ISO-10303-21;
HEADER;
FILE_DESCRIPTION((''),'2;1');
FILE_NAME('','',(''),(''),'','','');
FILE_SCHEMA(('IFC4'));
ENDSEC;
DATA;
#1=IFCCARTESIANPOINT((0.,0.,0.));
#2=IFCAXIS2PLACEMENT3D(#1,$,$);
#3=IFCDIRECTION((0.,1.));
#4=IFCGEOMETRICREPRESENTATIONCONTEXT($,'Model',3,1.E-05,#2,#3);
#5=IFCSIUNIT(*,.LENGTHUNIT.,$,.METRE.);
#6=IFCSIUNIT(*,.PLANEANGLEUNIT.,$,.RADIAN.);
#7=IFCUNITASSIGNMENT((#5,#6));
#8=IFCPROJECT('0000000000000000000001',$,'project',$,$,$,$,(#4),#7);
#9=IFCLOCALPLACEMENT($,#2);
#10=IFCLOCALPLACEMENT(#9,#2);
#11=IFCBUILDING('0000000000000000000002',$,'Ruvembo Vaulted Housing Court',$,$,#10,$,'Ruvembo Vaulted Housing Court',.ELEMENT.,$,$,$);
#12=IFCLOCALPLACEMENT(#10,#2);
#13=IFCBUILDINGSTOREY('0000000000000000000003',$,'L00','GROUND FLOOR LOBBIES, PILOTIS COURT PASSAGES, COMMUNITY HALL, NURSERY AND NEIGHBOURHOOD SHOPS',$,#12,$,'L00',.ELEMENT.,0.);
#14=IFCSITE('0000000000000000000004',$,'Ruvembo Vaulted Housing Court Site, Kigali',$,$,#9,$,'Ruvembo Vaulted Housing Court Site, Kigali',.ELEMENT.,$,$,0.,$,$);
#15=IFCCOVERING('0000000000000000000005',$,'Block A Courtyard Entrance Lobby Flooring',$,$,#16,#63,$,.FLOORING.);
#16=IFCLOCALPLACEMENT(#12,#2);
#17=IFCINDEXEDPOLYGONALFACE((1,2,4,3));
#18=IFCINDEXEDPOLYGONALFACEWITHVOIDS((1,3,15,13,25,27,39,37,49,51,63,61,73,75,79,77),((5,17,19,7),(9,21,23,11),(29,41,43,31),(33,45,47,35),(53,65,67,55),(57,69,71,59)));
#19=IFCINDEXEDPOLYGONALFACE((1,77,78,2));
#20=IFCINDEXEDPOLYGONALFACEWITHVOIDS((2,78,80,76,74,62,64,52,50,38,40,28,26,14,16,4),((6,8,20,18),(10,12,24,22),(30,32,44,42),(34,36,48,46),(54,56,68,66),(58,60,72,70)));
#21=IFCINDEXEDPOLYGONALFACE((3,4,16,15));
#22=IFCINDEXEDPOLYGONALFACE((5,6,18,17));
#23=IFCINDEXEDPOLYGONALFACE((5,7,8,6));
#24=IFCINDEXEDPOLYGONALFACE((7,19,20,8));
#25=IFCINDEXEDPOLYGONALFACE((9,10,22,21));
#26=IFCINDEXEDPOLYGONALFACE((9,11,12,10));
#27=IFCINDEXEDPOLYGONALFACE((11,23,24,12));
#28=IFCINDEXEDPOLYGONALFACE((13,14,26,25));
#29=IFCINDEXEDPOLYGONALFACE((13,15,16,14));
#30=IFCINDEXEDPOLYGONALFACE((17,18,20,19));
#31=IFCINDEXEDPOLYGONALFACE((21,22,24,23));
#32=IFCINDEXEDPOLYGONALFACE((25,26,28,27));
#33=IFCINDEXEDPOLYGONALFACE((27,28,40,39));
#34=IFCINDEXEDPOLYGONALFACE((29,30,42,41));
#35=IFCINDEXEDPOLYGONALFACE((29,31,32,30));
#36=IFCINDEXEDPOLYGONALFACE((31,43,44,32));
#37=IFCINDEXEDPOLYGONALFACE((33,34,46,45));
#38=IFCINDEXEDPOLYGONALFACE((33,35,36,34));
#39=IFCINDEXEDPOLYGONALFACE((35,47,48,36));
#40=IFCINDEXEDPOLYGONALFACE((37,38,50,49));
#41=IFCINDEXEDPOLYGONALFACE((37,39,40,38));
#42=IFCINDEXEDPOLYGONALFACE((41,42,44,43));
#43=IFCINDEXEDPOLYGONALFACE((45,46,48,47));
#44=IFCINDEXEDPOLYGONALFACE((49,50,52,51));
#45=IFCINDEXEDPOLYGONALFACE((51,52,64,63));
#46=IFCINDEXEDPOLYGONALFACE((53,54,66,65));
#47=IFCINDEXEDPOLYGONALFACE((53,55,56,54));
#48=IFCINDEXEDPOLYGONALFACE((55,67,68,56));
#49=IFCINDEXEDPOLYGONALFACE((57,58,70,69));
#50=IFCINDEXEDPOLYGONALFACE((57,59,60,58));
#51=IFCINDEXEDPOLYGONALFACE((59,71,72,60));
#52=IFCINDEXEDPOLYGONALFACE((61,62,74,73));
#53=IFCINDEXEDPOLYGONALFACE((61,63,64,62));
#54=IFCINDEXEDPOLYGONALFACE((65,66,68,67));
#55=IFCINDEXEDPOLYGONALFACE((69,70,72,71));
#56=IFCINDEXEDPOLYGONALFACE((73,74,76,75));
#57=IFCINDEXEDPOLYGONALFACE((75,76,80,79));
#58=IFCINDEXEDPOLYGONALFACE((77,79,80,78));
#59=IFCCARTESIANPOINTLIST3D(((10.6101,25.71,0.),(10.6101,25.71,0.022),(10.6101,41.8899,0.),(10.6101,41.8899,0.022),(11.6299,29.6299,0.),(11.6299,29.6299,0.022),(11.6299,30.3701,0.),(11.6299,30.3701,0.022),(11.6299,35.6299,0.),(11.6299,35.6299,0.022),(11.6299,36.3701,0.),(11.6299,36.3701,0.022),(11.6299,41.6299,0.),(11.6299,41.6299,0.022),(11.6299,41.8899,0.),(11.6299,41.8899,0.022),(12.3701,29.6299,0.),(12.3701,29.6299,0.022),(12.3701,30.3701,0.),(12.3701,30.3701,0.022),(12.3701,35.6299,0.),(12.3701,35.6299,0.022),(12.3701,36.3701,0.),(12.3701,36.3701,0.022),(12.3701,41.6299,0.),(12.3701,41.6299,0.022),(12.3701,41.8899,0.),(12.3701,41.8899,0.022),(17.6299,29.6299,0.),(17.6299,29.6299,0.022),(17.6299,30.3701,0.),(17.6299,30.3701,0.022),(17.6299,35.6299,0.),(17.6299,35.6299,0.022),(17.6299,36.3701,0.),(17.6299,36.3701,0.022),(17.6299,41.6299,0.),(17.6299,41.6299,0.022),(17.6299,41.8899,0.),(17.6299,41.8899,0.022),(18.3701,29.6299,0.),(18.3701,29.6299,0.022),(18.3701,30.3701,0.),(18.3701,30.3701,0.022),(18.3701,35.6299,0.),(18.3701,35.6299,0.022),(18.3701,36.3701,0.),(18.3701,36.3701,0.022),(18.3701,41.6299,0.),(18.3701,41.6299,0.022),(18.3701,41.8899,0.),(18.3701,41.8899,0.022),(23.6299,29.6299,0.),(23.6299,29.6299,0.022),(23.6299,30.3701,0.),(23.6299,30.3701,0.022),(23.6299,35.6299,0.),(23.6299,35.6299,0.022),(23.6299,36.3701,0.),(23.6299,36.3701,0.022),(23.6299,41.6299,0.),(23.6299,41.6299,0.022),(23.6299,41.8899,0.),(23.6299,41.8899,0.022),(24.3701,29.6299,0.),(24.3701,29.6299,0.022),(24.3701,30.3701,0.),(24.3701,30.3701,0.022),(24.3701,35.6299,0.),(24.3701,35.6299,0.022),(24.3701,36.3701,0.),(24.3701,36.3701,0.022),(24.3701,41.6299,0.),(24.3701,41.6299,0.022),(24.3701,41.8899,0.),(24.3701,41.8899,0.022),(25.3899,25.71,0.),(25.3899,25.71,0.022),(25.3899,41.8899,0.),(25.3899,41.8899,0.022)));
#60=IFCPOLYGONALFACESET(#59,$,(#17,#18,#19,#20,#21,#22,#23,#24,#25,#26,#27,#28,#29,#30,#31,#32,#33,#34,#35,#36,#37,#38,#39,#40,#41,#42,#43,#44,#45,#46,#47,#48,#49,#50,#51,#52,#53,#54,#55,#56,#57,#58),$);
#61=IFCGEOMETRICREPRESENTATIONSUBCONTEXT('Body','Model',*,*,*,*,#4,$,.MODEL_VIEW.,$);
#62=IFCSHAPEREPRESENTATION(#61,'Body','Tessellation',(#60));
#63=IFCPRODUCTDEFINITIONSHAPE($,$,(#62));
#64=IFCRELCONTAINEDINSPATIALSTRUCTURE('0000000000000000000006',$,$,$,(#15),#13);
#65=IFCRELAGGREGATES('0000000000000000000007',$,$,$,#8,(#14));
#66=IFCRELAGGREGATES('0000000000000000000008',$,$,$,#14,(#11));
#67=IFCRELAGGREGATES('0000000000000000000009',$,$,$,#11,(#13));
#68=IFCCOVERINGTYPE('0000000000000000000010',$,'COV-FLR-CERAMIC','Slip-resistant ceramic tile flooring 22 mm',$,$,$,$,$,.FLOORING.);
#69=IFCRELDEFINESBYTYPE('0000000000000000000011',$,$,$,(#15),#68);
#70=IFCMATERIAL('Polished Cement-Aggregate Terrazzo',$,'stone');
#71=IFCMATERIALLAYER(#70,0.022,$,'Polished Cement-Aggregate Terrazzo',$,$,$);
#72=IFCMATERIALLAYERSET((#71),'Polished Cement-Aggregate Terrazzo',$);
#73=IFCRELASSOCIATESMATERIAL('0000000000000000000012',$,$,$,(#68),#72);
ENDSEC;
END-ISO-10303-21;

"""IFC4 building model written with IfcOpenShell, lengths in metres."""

from ifc_helpers import new_model, si_unit, direction, origin, place, context, subcontext, project, spatial, polyline, outline, extrude, material, layer, layer_set, type_object, element, save


model = new_model("IFC4")

# Units and contexts
model_context = context("Model", 3, precision=1e-05, world=origin(), true_north=direction((0.0, 1.0)))
body_context = subcontext(model_context, "Body", "Model", "MODEL_VIEW")
ifc_project = project(units=[si_unit("LENGTHUNIT", "METRE"), si_unit("PLANEANGLEUNIT", "RADIAN")], contexts=[model_context])

# Site, building, storey
site_placement = place(None, origin())
site = spatial("IfcSite", under=ifc_project, at=site_placement, Name="Ruvembo Vaulted Housing Court Site, Kigali", LongName="Ruvembo Vaulted Housing Court Site, Kigali", CompositionType="ELEMENT", RefElevation=0.0)
building_placement = place(site_placement, origin())
building = spatial("IfcBuilding", under=site, at=building_placement, Name="Ruvembo Vaulted Housing Court", LongName="Ruvembo Vaulted Housing Court", CompositionType="ELEMENT")
storey_placement = place(building_placement, origin())
storey = spatial("IfcBuildingStorey", under=building, at=storey_placement, Name="L00", Description="GROUND FLOOR LOBBIES, PILOTIS COURT PASSAGES, COMMUNITY HALL, NURSERY AND NEIGHBOURHOOD SHOPS", LongName="L00", CompositionType="ELEMENT", Elevation=0.0)

# Covering
ifc_material_1 = material(Name="Polished Cement-Aggregate Terrazzo", Category="stone")
ifc_layer_1 = layer(ifc_material_1, 0.022, Name="Polished Cement-Aggregate Terrazzo")
ifc_layer_set_1 = layer_set([ifc_layer_1], Name="Polished Cement-Aggregate Terrazzo")
covering_type = type_object("IfcCoveringType", Name="COV-FLR-CERAMIC", Description="Slip-resistant ceramic tile flooring 22 mm", PredefinedType="FLOORING", material=ifc_layer_set_1)
covering_1_placement = place(storey_placement, origin())
element("IfcCovering", 1, at=covering_1_placement, inside=storey, type_object=covering_type, Name="Block A Courtyard Entrance Lobby Flooring", PredefinedType="FLOORING", context=body_context, shape_type="SweptSolid", body=[
    extrude(outline(polyline([(11.6299, 41.6299), (11.6299, 41.8899), (10.6101, 41.8899), (10.6101, 25.71), (25.3899, 25.71), (25.3899, 41.8899), (24.3701, 41.8899), (24.3701, 41.6299), (23.6299, 41.6299), (23.6299, 41.8899), (18.3701, 41.8899), (18.3701, 41.6299), (17.6299, 41.6299), (17.6299, 41.8899), (12.3701, 41.8899), (12.3701, 41.6299), (11.6299, 41.6299)]), holes=[polyline([(24.3701, 29.6299), (24.3701, 30.3701), (23.6299, 30.3701), (23.6299, 29.6299), (24.3701, 29.6299)]), polyline([(17.6299, 29.6299), (18.3701, 29.6299), (18.3701, 30.3701), (17.6299, 30.3701), (17.6299, 29.6299)]), polyline([(12.3701, 29.6299), (12.3701, 30.3701), (11.6299, 30.3701), (11.6299, 29.6299), (12.3701, 29.6299)]), polyline([(12.3701, 35.6299), (12.3701, 36.3701), (11.6299, 36.3701), (11.6299, 35.6299), (12.3701, 35.6299)]), polyline([(17.6299, 35.6299), (18.3701, 35.6299), (18.3701, 36.3701), (17.6299, 36.3701), (17.6299, 35.6299)]), polyline([(24.3701, 35.6299), (24.3701, 36.3701), (23.6299, 36.3701), (23.6299, 35.6299), (24.3701, 35.6299)])]), origin(), (0.0, 0.0, 1.0), 0.022),
])

save(model, "model.ifc")
